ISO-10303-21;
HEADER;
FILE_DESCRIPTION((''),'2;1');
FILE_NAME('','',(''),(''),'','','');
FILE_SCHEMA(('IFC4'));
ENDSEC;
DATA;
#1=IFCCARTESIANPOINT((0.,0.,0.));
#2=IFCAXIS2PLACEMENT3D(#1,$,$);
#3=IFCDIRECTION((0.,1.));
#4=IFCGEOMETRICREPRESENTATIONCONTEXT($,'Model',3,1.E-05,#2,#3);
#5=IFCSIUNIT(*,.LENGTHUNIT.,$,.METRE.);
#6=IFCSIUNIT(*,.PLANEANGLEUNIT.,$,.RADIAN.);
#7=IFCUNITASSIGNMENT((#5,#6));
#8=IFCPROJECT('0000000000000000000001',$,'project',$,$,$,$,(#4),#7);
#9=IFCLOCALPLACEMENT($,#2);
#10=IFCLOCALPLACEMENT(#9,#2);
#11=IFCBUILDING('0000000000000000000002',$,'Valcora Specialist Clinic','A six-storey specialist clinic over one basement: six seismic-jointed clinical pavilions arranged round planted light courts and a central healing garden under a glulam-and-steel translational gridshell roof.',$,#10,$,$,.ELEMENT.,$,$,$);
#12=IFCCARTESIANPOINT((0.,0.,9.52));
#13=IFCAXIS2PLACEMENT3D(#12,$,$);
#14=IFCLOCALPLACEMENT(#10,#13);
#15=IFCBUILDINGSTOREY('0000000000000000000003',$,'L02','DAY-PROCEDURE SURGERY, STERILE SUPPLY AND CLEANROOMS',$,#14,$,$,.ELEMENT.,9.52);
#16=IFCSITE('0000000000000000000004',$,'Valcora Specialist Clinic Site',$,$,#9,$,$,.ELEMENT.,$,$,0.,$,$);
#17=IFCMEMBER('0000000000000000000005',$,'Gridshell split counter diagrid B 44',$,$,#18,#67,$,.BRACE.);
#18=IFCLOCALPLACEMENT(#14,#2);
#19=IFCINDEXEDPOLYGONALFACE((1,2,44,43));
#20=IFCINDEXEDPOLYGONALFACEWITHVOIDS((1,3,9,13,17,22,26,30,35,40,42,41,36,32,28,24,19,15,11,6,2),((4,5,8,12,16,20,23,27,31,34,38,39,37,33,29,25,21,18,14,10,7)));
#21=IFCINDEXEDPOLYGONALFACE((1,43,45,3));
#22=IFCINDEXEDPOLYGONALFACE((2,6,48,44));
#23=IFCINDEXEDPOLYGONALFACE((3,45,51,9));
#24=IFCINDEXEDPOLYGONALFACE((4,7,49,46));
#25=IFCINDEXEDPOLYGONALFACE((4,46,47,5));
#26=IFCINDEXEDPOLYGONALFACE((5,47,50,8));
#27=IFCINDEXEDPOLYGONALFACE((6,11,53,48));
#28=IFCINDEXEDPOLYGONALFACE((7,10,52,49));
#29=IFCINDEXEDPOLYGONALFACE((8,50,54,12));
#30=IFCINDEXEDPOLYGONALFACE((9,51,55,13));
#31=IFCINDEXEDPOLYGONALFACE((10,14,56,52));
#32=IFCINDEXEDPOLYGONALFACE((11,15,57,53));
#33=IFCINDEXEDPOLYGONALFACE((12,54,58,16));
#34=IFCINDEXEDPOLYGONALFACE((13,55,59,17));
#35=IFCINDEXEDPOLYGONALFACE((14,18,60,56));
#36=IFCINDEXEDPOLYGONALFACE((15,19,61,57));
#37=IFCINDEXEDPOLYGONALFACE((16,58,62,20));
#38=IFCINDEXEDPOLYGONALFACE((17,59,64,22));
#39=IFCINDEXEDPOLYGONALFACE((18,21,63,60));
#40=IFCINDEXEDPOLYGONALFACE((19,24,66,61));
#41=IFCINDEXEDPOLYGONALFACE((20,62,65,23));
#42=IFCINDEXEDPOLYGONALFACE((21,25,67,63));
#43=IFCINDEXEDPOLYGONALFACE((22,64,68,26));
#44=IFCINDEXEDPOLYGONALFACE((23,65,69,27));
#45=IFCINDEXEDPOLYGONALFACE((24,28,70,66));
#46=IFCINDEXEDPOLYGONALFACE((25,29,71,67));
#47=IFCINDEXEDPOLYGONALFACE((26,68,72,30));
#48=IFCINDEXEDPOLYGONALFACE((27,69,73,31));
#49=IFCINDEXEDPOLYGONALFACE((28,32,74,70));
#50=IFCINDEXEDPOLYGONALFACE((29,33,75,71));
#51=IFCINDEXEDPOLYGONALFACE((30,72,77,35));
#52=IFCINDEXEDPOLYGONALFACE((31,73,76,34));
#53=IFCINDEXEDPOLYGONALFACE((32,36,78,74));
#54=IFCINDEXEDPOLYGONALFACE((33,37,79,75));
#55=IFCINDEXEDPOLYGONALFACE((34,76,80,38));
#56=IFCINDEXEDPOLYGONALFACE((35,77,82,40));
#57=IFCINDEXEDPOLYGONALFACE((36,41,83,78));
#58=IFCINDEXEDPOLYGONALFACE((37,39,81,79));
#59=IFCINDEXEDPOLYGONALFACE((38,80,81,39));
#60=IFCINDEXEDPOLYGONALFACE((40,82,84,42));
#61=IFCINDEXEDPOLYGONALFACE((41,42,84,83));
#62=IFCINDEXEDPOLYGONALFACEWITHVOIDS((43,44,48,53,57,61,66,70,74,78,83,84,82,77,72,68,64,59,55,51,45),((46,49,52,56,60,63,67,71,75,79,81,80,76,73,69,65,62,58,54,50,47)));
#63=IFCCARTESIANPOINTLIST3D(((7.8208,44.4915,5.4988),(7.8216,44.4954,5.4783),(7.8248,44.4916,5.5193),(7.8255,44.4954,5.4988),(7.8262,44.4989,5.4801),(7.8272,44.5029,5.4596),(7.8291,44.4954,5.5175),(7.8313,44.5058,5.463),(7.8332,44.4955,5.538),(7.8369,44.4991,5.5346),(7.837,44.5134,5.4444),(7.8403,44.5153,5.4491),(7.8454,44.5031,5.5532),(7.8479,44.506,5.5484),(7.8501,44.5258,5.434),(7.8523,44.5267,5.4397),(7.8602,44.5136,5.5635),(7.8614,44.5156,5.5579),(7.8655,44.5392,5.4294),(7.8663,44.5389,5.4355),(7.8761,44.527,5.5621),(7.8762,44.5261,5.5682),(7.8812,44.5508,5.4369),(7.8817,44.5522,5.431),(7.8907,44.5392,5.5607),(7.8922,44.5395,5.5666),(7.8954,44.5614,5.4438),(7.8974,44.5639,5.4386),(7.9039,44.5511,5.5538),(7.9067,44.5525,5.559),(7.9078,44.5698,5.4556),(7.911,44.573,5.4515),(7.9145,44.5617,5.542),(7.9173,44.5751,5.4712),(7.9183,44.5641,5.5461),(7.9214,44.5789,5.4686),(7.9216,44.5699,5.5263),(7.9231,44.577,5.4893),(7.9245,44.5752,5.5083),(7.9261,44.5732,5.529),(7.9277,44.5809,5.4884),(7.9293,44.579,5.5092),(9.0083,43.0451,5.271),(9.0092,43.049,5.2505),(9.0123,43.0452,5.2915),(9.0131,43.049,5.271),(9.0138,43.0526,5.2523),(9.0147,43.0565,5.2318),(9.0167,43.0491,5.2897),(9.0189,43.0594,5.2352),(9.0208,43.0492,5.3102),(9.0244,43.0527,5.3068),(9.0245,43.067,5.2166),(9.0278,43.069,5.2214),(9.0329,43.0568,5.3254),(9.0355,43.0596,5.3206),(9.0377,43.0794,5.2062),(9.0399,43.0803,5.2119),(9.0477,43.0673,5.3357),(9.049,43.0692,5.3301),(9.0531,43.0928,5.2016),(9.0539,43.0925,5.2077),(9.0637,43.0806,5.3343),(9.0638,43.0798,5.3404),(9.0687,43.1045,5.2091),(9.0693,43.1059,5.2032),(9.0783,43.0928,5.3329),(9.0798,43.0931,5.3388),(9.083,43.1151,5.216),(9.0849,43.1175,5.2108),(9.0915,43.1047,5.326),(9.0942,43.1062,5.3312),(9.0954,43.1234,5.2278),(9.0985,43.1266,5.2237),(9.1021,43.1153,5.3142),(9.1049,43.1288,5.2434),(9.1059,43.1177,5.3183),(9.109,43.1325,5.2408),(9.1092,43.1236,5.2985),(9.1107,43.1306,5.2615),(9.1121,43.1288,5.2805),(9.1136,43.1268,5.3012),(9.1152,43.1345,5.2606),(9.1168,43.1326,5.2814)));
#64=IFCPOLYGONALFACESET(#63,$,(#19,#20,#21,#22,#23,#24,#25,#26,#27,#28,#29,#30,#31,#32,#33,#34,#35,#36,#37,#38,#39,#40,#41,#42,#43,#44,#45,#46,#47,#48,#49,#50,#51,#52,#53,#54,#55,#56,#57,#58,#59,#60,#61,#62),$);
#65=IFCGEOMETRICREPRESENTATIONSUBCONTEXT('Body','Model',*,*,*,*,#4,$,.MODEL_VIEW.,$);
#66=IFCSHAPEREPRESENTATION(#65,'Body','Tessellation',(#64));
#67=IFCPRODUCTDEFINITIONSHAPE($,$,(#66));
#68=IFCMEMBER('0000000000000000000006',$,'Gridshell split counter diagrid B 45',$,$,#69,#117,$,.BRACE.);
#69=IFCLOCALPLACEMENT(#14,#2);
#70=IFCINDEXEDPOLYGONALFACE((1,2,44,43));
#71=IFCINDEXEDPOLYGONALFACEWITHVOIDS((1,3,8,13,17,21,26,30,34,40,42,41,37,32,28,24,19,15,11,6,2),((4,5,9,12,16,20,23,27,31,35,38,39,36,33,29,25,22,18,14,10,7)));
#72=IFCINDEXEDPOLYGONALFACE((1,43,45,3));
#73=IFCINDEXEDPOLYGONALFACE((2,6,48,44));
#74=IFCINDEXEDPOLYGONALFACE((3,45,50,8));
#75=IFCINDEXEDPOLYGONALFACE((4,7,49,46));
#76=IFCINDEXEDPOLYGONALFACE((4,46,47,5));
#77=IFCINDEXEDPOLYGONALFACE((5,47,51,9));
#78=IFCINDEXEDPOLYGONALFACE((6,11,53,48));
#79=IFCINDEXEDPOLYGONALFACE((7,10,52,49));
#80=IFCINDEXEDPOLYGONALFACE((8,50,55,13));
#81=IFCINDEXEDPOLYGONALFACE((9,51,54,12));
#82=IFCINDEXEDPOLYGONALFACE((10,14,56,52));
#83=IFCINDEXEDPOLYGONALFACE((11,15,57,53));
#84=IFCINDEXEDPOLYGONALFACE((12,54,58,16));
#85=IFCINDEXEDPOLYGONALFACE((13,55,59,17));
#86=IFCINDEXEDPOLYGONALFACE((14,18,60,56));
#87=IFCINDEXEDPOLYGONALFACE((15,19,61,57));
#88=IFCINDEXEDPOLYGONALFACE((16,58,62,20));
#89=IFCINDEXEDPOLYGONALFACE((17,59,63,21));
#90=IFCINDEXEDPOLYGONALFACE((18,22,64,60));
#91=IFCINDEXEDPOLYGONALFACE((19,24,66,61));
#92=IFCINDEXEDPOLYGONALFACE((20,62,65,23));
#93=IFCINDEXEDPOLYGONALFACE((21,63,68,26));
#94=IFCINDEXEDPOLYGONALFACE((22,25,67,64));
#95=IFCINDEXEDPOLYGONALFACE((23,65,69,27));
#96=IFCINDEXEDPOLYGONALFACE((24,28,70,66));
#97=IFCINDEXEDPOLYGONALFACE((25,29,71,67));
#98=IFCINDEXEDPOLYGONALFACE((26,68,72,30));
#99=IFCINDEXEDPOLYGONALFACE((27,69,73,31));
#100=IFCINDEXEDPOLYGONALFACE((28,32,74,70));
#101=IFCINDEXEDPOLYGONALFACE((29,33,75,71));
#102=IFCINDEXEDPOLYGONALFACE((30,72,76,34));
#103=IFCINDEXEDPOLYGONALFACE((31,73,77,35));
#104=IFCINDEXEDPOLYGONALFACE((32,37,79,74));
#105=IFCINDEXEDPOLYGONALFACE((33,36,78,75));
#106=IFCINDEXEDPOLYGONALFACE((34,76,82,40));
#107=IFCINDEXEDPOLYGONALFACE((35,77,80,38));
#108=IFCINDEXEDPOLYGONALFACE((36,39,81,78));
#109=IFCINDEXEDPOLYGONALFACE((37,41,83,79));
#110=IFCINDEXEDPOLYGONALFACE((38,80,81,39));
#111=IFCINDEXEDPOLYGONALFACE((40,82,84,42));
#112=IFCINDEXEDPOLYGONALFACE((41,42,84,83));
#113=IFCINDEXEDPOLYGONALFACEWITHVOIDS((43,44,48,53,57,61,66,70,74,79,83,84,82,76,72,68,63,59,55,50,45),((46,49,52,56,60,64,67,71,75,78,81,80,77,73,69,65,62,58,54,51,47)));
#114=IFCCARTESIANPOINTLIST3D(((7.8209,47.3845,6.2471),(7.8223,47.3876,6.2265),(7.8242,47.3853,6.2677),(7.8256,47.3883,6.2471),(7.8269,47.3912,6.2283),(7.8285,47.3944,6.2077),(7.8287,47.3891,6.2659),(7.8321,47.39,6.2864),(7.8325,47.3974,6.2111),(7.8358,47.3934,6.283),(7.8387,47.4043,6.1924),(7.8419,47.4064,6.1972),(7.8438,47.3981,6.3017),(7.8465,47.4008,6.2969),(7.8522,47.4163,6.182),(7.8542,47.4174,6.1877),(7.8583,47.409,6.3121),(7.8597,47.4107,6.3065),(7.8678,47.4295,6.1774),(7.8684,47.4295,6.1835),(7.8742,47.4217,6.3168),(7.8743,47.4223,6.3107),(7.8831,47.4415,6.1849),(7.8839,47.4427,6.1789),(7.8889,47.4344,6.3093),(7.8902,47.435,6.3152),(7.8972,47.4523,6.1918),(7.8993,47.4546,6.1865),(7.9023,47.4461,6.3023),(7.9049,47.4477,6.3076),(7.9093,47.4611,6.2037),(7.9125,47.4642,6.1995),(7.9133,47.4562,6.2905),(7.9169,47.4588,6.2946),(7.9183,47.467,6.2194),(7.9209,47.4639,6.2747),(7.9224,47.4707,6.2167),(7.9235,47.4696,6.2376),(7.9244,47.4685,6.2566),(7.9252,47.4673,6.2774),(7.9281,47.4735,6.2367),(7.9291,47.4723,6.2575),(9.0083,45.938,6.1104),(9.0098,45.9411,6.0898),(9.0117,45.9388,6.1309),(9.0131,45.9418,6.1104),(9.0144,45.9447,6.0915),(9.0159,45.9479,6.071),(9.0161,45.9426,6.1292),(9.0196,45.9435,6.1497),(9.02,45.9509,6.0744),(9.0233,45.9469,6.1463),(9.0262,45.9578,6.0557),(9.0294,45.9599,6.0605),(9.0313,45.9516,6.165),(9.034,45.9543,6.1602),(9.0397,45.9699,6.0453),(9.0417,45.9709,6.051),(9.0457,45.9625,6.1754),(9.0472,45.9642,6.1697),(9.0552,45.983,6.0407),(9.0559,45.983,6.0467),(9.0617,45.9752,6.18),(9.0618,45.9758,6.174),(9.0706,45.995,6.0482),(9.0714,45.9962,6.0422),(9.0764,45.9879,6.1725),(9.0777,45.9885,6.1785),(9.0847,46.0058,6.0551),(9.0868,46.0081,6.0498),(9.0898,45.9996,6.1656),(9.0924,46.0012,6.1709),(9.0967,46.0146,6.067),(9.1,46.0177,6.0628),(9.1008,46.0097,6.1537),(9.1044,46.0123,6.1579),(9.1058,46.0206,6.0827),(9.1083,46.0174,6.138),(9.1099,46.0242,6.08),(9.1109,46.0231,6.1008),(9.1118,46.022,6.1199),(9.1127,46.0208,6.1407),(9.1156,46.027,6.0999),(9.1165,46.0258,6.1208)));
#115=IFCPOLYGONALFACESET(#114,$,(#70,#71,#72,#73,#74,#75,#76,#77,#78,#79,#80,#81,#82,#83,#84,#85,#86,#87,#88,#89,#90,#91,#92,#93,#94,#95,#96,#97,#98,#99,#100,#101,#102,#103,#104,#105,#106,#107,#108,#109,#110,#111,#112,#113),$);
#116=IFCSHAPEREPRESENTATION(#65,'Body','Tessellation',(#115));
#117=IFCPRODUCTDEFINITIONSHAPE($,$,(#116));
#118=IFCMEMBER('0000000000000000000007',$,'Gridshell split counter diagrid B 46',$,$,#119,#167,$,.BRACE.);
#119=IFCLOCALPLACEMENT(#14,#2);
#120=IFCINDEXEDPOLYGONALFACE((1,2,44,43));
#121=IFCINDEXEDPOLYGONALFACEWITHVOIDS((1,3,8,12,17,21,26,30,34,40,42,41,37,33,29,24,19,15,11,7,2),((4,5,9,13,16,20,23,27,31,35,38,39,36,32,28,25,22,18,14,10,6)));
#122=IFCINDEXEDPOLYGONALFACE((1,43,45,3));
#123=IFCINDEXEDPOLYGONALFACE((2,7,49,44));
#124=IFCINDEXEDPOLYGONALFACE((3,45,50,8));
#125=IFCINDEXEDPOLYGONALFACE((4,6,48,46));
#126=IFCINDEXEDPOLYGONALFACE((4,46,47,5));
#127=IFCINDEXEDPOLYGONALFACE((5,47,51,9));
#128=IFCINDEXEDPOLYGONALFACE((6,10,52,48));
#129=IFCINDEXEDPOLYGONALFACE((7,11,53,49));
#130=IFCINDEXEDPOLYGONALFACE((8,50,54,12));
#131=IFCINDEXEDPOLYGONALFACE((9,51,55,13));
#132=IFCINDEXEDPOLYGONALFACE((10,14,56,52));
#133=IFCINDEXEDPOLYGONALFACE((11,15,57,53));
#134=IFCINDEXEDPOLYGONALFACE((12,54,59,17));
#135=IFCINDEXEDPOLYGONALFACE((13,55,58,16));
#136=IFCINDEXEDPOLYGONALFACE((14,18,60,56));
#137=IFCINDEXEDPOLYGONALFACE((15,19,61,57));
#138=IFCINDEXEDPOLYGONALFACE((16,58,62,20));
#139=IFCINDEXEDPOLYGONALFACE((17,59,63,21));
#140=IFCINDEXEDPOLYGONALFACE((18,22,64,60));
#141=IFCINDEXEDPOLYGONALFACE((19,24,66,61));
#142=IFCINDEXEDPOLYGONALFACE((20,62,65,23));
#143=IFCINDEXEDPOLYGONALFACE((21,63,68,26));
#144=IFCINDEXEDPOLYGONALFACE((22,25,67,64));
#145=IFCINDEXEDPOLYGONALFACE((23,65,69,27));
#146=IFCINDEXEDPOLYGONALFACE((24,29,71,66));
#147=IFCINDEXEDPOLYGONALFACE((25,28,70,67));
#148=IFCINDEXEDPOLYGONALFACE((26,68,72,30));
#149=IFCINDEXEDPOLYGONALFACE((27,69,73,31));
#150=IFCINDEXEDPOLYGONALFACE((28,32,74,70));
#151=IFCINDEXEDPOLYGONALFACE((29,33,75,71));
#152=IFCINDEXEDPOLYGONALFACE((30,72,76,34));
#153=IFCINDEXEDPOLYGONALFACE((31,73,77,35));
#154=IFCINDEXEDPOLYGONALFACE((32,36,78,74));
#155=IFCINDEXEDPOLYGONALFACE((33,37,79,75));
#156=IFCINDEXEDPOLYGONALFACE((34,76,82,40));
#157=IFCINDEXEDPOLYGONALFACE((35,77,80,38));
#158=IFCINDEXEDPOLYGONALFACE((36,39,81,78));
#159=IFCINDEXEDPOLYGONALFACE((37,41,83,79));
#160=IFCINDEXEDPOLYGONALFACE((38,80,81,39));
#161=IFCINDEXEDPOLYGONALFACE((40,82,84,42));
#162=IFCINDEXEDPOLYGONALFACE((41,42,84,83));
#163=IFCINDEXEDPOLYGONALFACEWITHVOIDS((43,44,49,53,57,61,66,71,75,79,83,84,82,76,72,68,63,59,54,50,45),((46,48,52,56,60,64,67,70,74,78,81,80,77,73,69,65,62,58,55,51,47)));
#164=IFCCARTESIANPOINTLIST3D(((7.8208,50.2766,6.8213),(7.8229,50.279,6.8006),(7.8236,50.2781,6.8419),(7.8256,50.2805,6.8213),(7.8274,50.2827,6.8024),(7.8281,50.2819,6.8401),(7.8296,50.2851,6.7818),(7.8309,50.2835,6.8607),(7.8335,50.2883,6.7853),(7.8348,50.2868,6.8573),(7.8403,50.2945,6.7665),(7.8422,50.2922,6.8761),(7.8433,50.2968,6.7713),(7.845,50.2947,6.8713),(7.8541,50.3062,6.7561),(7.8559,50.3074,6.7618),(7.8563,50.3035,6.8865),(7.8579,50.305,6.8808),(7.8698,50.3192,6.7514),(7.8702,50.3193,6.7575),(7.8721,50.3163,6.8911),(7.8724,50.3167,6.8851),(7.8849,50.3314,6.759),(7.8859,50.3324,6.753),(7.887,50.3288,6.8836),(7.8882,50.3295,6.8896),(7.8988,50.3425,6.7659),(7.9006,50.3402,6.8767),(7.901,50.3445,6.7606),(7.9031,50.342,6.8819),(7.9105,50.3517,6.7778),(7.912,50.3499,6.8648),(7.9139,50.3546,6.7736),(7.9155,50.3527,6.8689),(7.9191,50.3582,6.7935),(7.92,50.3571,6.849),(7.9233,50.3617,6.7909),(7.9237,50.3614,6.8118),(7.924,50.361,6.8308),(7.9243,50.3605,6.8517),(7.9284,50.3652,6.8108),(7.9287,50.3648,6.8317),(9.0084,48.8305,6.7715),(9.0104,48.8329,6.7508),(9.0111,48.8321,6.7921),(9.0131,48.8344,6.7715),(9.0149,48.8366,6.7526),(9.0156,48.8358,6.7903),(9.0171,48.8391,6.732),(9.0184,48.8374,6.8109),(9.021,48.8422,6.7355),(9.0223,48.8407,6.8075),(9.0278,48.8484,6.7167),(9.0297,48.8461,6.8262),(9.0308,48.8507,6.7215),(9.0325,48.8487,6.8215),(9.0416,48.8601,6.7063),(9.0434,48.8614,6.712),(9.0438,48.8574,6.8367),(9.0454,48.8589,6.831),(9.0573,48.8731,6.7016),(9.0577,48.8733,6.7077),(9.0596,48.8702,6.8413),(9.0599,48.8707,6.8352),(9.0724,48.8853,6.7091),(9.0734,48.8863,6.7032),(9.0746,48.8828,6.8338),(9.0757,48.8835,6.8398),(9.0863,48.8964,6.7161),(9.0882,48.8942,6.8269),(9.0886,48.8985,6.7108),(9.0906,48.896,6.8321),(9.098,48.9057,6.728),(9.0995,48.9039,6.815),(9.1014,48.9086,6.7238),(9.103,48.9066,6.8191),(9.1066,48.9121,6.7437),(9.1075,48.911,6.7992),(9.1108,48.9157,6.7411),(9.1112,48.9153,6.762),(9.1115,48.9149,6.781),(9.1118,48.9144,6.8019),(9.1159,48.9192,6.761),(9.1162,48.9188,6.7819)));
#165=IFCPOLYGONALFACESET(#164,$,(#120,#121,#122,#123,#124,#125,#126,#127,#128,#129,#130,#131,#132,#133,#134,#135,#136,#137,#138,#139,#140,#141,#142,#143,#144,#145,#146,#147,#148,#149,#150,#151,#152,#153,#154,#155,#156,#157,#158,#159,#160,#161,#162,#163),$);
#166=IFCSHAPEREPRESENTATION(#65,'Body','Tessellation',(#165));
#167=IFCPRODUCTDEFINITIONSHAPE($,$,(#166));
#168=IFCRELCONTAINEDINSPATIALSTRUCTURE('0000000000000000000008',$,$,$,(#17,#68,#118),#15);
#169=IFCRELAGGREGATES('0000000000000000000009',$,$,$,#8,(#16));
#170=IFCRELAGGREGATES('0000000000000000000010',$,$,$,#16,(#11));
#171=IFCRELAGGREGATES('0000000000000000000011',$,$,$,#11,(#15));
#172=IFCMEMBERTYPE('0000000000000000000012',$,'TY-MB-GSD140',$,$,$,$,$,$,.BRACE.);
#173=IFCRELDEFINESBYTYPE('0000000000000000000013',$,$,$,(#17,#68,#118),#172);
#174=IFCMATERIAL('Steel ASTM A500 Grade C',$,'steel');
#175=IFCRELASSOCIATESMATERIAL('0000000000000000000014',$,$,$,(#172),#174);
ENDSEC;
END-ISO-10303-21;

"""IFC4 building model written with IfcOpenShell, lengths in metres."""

from ifc_helpers import new_model, si_unit, direction, frame, origin, origin_2d, place, context, subcontext, project, spatial, hollow_circle, extrude, material, material_profile, profile_set, type_object, element, save


model = new_model("IFC4")

# Units and contexts
model_context = context("Model", 3, precision=1e-05, world=origin(), true_north=direction((0.0, 1.0)))
body_context = subcontext(model_context, "Body", "Model", "MODEL_VIEW")
ifc_project = project(units=[si_unit("LENGTHUNIT", "METRE"), si_unit("PLANEANGLEUNIT", "RADIAN")], contexts=[model_context])

# Site, building, storey
site_placement = place(None, origin())
site = spatial("IfcSite", under=ifc_project, at=site_placement, Name="Valcora Specialist Clinic Site", CompositionType="ELEMENT", RefElevation=0.0)
building_placement = place(site_placement, origin())
building = spatial("IfcBuilding", under=site, at=building_placement, Name="Valcora Specialist Clinic", Description="A six-storey specialist clinic over one basement: six seismic-jointed clinical pavilions arranged round planted light courts and a central healing garden under a glulam-and-steel translational gridshell roof.", CompositionType="ELEMENT")
storey_placement = place(building_placement, frame((0.0, 0.0, 9.52)))
storey = spatial("IfcBuildingStorey", under=building, at=storey_placement, Name="L02", Description="DAY-PROCEDURE SURGERY, STERILE SUPPLY AND CLEANROOMS", CompositionType="ELEMENT", Elevation=9.52)

# Members
ifc_material_1 = material(Name="Steel ASTM A500 Grade C", Category="steel")
ifc_material_profile_1 = material_profile(ifc_material_1, hollow_circle(Radius=0.0701, WallThickness=0.0061, at=origin_2d()), Name="ST-CHS-140X6")
ifc_profile_set_1 = profile_set([ifc_material_profile_1], Name="Steel ASTM A500 Grade C")
member_type_1 = type_object("IfcMemberType", Name="TY-MB-GSD140", PredefinedType="BRACE", material=ifc_profile_set_1)
member_1_placement = place(storey_placement, frame((9.0625, 43.0896, 5.271), z_axis=(-0.629923, 0.767201, 0.12083), x_axis=(-0.772863, -0.634572, 0.0)))
element("IfcMember", 1, at=member_1_placement, inside=storey, type_object=member_type_1, Name="Gridshell split counter diagrid B 44", PredefinedType="BRACE", context=body_context, shape_type="SweptSolid", body=[
    extrude(hollow_circle(Radius=0.0701, WallThickness=0.0061, at=origin_2d()), origin(), (0.0, 0.0, 1.0), 1.8853),
])
member_2_placement = place(storey_placement, frame((9.0625, 45.9824, 6.1104), z_axis=(-0.632822, 0.770862, 0.072858), x_axis=(-0.772916, -0.634508, 0.0)))
element("IfcMember", 2, at=member_2_placement, inside=storey, type_object=member_type_1, Name="Gridshell split counter diagrid B 45", PredefinedType="BRACE", context=body_context, shape_type="SweptSolid", body=[
    extrude(hollow_circle(Radius=0.0701, WallThickness=0.0061, at=origin_2d()), origin(), (0.0, 0.0, 1.0), 1.8765),
])
member_3_placement = place(storey_placement, frame((9.0625, 48.875, 6.7715), z_axis=(-0.634412, 0.772537, 0.026608), x_axis=(-0.772811, -0.634636, 0.0)))
element("IfcMember", 3, at=member_3_placement, inside=storey, type_object=member_type_1, Name="Gridshell split counter diagrid B 46", PredefinedType="BRACE", context=body_context, shape_type="SweptSolid", body=[
    extrude(hollow_circle(Radius=0.0701, WallThickness=0.0061, at=origin_2d()), origin(), (0.0, 0.0, 1.0), 1.8718),
])

save(model, "model.ifc")
